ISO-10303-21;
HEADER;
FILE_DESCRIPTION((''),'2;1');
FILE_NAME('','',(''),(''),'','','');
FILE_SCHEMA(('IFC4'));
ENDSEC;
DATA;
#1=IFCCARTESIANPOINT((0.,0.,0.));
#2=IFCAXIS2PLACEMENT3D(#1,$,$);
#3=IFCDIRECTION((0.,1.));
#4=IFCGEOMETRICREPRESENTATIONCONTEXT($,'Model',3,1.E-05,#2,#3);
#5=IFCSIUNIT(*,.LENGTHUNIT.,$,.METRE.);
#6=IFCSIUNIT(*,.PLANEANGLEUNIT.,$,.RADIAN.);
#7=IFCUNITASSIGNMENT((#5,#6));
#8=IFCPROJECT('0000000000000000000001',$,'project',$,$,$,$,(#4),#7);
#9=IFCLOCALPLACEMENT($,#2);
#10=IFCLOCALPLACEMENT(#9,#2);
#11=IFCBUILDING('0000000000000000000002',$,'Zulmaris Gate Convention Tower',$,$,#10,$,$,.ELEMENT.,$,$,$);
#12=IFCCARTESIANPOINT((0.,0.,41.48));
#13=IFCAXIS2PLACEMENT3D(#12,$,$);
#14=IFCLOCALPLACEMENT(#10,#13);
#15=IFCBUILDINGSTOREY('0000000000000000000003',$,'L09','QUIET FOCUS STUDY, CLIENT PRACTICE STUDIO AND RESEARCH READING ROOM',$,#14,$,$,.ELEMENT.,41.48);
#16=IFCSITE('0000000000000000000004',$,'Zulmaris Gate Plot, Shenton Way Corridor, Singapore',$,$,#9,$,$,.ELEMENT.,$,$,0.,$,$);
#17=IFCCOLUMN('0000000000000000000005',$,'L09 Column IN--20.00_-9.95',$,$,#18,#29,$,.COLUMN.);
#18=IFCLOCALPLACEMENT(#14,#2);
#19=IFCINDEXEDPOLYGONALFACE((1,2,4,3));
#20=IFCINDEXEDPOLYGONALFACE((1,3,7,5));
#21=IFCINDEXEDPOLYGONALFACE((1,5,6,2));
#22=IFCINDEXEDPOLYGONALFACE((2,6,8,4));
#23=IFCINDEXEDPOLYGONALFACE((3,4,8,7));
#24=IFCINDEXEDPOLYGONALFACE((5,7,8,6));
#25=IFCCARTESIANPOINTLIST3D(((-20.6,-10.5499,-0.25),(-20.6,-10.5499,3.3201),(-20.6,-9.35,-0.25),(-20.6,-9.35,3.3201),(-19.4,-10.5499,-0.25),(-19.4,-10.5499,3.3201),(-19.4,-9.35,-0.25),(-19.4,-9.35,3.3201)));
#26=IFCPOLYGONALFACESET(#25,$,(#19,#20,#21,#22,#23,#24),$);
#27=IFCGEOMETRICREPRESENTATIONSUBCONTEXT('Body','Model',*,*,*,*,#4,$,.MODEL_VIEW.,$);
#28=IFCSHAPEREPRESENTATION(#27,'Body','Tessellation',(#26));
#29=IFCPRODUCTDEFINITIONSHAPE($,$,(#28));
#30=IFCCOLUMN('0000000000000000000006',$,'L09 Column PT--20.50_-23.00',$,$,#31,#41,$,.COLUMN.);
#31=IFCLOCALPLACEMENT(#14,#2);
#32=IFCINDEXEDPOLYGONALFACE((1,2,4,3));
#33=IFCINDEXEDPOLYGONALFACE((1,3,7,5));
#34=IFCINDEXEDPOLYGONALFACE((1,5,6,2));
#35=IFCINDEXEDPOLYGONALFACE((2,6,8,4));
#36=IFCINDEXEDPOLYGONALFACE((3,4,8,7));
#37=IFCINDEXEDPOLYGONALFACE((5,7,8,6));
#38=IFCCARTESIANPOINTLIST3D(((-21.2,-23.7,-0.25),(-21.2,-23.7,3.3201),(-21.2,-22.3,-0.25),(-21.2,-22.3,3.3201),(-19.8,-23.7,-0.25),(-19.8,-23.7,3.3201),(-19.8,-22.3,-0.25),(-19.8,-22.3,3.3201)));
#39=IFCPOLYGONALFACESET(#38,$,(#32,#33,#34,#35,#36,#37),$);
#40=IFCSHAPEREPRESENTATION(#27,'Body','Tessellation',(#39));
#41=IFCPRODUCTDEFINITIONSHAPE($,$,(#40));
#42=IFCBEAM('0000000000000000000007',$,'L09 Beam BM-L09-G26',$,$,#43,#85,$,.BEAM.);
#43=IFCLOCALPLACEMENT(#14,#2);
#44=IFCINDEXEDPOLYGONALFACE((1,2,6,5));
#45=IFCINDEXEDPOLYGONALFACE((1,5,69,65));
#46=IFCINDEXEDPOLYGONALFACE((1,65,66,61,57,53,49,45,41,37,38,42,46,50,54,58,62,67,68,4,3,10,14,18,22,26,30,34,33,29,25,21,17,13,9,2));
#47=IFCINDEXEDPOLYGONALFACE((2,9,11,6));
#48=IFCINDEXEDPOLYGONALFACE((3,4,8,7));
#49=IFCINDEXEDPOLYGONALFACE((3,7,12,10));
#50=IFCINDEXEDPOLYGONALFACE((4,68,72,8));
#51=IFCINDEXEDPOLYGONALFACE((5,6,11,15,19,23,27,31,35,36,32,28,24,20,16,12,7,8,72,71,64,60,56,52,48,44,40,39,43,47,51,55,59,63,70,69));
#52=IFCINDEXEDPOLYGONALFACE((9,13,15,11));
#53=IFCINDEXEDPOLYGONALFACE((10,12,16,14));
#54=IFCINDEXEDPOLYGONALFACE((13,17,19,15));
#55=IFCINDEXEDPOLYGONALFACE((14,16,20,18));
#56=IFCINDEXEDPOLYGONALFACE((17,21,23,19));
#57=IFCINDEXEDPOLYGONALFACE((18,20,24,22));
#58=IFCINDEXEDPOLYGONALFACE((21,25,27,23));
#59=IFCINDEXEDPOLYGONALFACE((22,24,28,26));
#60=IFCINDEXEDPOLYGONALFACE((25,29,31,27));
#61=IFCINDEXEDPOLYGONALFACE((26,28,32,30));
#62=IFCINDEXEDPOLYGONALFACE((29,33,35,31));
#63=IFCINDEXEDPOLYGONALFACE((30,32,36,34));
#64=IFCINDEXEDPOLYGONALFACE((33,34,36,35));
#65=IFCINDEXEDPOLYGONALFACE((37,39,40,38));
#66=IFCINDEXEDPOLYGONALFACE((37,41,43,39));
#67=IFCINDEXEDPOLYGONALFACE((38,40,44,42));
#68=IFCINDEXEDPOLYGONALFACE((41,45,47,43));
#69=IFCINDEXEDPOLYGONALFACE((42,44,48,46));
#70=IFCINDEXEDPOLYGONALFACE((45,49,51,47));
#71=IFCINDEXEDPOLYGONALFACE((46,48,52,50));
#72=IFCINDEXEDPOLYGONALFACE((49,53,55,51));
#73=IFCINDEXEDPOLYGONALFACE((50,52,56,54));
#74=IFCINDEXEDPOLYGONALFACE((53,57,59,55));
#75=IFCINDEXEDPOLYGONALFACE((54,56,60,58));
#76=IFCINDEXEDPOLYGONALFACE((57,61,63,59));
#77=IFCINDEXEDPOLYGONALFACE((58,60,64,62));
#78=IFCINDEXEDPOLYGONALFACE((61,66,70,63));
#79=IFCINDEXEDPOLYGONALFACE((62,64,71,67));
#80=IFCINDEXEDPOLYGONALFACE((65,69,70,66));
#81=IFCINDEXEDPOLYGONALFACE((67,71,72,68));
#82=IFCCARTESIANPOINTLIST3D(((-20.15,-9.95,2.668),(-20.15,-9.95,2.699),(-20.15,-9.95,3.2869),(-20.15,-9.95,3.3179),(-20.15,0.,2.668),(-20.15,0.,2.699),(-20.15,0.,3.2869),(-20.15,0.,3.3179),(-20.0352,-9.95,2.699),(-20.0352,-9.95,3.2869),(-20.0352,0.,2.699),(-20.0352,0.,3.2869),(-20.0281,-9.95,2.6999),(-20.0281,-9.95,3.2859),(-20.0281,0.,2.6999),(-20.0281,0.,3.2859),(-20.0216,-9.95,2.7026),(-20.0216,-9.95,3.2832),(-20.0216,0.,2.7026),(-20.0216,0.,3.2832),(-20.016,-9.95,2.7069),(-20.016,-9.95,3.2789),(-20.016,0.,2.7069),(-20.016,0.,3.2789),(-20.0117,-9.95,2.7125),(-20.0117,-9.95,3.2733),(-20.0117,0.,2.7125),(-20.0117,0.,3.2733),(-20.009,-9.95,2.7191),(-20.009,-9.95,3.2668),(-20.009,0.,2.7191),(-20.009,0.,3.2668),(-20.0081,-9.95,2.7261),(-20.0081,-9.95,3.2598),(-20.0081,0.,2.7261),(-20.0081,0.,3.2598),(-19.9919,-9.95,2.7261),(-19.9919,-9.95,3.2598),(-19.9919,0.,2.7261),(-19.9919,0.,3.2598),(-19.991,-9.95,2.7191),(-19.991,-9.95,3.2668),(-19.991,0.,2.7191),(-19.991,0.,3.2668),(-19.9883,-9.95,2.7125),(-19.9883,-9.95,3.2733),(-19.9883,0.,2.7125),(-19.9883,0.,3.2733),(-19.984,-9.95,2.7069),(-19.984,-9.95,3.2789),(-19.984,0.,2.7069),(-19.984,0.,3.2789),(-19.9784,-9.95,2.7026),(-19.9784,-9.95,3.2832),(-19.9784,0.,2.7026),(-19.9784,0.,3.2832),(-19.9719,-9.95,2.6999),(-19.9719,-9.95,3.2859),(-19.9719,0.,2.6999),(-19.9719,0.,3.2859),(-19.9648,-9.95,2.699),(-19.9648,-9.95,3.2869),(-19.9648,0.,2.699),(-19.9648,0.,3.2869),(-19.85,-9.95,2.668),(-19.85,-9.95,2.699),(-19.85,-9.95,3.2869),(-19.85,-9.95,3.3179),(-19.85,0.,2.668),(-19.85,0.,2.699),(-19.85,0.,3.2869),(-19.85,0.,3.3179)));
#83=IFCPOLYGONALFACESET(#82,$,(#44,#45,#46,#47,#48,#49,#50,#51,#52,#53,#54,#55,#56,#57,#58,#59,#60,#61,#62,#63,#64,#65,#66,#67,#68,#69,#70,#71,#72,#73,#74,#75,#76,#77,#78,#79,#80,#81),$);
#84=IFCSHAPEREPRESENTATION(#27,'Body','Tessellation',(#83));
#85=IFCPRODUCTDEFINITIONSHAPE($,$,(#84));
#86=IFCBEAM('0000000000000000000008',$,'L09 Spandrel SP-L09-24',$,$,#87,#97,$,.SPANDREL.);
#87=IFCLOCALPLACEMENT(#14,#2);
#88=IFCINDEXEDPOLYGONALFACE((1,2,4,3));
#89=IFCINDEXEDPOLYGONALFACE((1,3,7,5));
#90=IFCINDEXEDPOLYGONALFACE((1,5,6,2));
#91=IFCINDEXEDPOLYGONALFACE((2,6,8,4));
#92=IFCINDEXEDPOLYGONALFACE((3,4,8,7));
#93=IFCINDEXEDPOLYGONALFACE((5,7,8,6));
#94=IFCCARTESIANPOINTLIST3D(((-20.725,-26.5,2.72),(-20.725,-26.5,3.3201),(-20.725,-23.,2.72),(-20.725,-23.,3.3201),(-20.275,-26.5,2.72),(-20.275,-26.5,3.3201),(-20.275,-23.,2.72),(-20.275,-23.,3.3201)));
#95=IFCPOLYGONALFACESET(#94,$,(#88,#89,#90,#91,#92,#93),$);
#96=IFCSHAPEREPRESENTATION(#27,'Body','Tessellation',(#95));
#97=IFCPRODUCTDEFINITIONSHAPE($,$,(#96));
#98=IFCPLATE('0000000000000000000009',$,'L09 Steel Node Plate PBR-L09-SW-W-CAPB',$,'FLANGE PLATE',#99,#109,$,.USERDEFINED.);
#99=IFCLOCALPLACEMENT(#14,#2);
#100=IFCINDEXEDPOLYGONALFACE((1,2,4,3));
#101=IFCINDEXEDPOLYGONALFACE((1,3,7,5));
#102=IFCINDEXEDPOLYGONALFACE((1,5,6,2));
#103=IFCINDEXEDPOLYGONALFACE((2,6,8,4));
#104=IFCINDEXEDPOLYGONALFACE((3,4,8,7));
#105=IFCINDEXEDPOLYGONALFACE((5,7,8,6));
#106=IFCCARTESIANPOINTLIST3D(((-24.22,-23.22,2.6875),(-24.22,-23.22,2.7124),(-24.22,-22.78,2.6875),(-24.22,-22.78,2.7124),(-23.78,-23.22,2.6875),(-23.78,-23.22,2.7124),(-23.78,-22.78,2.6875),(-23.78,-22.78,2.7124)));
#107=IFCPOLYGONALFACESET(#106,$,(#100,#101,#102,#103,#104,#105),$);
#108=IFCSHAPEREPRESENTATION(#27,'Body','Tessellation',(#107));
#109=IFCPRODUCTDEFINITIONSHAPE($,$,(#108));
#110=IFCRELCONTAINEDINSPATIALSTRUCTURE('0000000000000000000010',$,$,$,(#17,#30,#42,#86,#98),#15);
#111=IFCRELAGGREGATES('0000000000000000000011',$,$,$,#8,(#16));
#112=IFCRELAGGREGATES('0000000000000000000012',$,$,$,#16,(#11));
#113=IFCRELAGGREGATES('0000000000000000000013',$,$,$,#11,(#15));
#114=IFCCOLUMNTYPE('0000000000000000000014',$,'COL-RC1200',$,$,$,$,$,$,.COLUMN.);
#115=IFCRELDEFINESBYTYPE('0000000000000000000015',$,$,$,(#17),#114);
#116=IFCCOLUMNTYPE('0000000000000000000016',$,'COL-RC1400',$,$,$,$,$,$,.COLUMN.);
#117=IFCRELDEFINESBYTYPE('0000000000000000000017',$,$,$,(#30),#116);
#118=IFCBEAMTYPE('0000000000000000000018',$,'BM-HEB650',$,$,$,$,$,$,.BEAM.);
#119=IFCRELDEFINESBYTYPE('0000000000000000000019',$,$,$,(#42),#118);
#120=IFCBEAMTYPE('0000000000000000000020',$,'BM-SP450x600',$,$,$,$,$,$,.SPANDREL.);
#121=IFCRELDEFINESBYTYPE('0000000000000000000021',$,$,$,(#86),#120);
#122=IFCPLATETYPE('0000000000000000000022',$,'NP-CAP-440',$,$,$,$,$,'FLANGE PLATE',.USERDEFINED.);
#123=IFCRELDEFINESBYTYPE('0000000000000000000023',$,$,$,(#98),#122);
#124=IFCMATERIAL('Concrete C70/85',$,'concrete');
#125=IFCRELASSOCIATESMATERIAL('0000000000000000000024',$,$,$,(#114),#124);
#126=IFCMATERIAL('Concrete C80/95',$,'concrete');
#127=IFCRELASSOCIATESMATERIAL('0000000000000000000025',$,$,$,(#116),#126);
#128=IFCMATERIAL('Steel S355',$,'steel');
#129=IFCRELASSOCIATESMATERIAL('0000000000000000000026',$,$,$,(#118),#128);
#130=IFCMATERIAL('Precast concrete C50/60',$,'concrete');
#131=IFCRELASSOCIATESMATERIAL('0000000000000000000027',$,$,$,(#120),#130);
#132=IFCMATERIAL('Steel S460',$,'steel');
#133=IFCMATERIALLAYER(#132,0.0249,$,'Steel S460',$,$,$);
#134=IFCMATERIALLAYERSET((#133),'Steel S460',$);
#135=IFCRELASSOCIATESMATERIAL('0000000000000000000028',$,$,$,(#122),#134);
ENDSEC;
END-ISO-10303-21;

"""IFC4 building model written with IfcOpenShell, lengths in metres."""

from ifc_helpers import new_model, si_unit, direction, frame, origin, origin_2d, place, context, subcontext, project, spatial, rectangle, i_section, extrude, material, layer, layer_set, material_profile, profile_set, type_object, element, save


model = new_model("IFC4")

# Units and contexts
model_context = context("Model", 3, precision=1e-05, world=origin(), true_north=direction((0.0, 1.0)))
body_context = subcontext(model_context, "Body", "Model", "MODEL_VIEW")
ifc_project = project(units=[si_unit("LENGTHUNIT", "METRE"), si_unit("PLANEANGLEUNIT", "RADIAN")], contexts=[model_context])

# Site, building, storey
site_placement = place(None, origin())
site = spatial("IfcSite", under=ifc_project, at=site_placement, Name="Zulmaris Gate Plot, Shenton Way Corridor, Singapore", CompositionType="ELEMENT", RefElevation=0.0)
building_placement = place(site_placement, origin())
building = spatial("IfcBuilding", under=site, at=building_placement, Name="Zulmaris Gate Convention Tower", CompositionType="ELEMENT")
storey_placement = place(building_placement, frame((0.0, 0.0, 41.48)))
storey = spatial("IfcBuildingStorey", under=building, at=storey_placement, Name="L09", Description="QUIET FOCUS STUDY, CLIENT PRACTICE STUDIO AND RESEARCH READING ROOM", CompositionType="ELEMENT", Elevation=41.48)

# Columns
ifc_material_1 = material(Name="Concrete C70/85", Category="concrete")
ifc_material_profile_1 = material_profile(ifc_material_1, rectangle(XDim=1.2, YDim=1.2, at=origin_2d()), Name="RC COL 1200x1200")
ifc_profile_set_1 = profile_set([ifc_material_profile_1], Name="Concrete C70/85")
column_type_1 = type_object("IfcColumnType", Name="COL-RC1200", PredefinedType="COLUMN", material=ifc_profile_set_1)
column_1_placement = place(storey_placement, frame((-20.0, -9.95, -0.25), z_axis=(0.0, 0.0, 1.0), x_axis=(1.0, 0.0, 0.0)))
element("IfcColumn", 1, at=column_1_placement, inside=storey, type_object=column_type_1, Name="L09 Column IN--20.00_-9.95", PredefinedType="COLUMN", context=body_context, shape_type="SweptSolid", body=[
    extrude(rectangle(XDim=1.2, YDim=1.2, at=origin_2d()), origin(), (0.0, 0.0, 1.0), 3.5701),
])
ifc_material_2 = material(Name="Concrete C80/95", Category="concrete")
ifc_material_profile_2 = material_profile(ifc_material_2, rectangle(XDim=1.3999, YDim=1.3999, at=origin_2d()), Name="RC COL 1400x1400")
ifc_profile_set_2 = profile_set([ifc_material_profile_2], Name="Concrete C80/95")
column_type_2 = type_object("IfcColumnType", Name="COL-RC1400", PredefinedType="COLUMN", material=ifc_profile_set_2)
column_2_placement = place(storey_placement, frame((-20.5, -23.0, -0.25), z_axis=(0.0, 0.0, 1.0), x_axis=(1.0, 0.0, 0.0)))
element("IfcColumn", 2, at=column_2_placement, inside=storey, type_object=column_type_2, Name="L09 Column PT--20.50_-23.00", PredefinedType="COLUMN", context=body_context, shape_type="SweptSolid", body=[
    extrude(rectangle(XDim=1.3999, YDim=1.3999, at=origin_2d()), origin(), (0.0, 0.0, 1.0), 3.5701),
])

# Beams
ifc_material_3 = material(Name="Steel S355", Category="steel")
ifc_material_profile_3 = material_profile(ifc_material_3, i_section(OverallWidth=0.3, OverallDepth=0.6499, WebThickness=0.0161, FlangeThickness=0.031, FilletRadius=0.0271, at=origin_2d()), Name="HEB 650")
ifc_profile_set_3 = profile_set([ifc_material_profile_3], Name="Steel S355")
beam_type_1 = type_object("IfcBeamType", Name="BM-HEB650", PredefinedType="BEAM", material=ifc_profile_set_3)
beam_1_placement = place(storey_placement, frame((-20.0, -9.95, 2.9929), z_axis=(0.0, 1.0, 0.0), x_axis=(-1.0, 0.0, 0.0)))
element("IfcBeam", 3, at=beam_1_placement, inside=storey, type_object=beam_type_1, Name="L09 Beam BM-L09-G26", PredefinedType="BEAM", context=body_context, shape_type="SweptSolid", body=[
    extrude(i_section(OverallWidth=0.3, OverallDepth=0.6499, WebThickness=0.0161, FlangeThickness=0.031, FilletRadius=0.0271, at=origin_2d()), origin(), (0.0, 0.0, 1.0), 9.95),
])
ifc_material_4 = material(Name="Precast concrete C50/60", Category="concrete")
ifc_material_profile_4 = material_profile(ifc_material_4, rectangle(XDim=0.45, YDim=0.6001, at=origin_2d()), Name="RC SPANDREL 450x600")
ifc_profile_set_4 = profile_set([ifc_material_profile_4], Name="Precast concrete C50/60")
beam_type_2 = type_object("IfcBeamType", Name="BM-SP450x600", PredefinedType="SPANDREL", material=ifc_profile_set_4)
beam_2_placement = place(storey_placement, frame((-20.5, -23.0, 3.02), z_axis=(0.0, -1.0, 0.0), x_axis=(1.0, 0.0, 0.0)))
element("IfcBeam", 4, at=beam_2_placement, inside=storey, type_object=beam_type_2, Name="L09 Spandrel SP-L09-24", PredefinedType="SPANDREL", context=body_context, shape_type="SweptSolid", body=[
    extrude(rectangle(XDim=0.45, YDim=0.6001, at=origin_2d()), origin(), (0.0, 0.0, 1.0), 3.5),
])

# Plate
ifc_material_5 = material(Name="Steel S460", Category="steel")
ifc_layer_1 = layer(ifc_material_5, 0.0249, Name="Steel S460")
ifc_layer_set_1 = layer_set([ifc_layer_1], Name="Steel S460")
plate_type = type_object("IfcPlateType", Name="NP-CAP-440", ElementType="FLANGE PLATE", PredefinedType="USERDEFINED", material=ifc_layer_set_1)
plate_placement = place(storey_placement, frame((-24.0, -23.0, 2.6875), z_axis=(0.0, 0.0, 1.0), x_axis=(1.0, 0.0, 0.0)))
element("IfcPlate", 5, at=plate_placement, inside=storey, type_object=plate_type, Name="L09 Steel Node Plate PBR-L09-SW-W-CAPB", ObjectType="FLANGE PLATE", PredefinedType="USERDEFINED", context=body_context, shape_type="SweptSolid", body=[
    extrude(rectangle(XDim=0.4399, YDim=0.4399, at=origin_2d()), origin(), (0.0, 0.0, 1.0), 0.0249),
])

save(model, "model.ifc")
